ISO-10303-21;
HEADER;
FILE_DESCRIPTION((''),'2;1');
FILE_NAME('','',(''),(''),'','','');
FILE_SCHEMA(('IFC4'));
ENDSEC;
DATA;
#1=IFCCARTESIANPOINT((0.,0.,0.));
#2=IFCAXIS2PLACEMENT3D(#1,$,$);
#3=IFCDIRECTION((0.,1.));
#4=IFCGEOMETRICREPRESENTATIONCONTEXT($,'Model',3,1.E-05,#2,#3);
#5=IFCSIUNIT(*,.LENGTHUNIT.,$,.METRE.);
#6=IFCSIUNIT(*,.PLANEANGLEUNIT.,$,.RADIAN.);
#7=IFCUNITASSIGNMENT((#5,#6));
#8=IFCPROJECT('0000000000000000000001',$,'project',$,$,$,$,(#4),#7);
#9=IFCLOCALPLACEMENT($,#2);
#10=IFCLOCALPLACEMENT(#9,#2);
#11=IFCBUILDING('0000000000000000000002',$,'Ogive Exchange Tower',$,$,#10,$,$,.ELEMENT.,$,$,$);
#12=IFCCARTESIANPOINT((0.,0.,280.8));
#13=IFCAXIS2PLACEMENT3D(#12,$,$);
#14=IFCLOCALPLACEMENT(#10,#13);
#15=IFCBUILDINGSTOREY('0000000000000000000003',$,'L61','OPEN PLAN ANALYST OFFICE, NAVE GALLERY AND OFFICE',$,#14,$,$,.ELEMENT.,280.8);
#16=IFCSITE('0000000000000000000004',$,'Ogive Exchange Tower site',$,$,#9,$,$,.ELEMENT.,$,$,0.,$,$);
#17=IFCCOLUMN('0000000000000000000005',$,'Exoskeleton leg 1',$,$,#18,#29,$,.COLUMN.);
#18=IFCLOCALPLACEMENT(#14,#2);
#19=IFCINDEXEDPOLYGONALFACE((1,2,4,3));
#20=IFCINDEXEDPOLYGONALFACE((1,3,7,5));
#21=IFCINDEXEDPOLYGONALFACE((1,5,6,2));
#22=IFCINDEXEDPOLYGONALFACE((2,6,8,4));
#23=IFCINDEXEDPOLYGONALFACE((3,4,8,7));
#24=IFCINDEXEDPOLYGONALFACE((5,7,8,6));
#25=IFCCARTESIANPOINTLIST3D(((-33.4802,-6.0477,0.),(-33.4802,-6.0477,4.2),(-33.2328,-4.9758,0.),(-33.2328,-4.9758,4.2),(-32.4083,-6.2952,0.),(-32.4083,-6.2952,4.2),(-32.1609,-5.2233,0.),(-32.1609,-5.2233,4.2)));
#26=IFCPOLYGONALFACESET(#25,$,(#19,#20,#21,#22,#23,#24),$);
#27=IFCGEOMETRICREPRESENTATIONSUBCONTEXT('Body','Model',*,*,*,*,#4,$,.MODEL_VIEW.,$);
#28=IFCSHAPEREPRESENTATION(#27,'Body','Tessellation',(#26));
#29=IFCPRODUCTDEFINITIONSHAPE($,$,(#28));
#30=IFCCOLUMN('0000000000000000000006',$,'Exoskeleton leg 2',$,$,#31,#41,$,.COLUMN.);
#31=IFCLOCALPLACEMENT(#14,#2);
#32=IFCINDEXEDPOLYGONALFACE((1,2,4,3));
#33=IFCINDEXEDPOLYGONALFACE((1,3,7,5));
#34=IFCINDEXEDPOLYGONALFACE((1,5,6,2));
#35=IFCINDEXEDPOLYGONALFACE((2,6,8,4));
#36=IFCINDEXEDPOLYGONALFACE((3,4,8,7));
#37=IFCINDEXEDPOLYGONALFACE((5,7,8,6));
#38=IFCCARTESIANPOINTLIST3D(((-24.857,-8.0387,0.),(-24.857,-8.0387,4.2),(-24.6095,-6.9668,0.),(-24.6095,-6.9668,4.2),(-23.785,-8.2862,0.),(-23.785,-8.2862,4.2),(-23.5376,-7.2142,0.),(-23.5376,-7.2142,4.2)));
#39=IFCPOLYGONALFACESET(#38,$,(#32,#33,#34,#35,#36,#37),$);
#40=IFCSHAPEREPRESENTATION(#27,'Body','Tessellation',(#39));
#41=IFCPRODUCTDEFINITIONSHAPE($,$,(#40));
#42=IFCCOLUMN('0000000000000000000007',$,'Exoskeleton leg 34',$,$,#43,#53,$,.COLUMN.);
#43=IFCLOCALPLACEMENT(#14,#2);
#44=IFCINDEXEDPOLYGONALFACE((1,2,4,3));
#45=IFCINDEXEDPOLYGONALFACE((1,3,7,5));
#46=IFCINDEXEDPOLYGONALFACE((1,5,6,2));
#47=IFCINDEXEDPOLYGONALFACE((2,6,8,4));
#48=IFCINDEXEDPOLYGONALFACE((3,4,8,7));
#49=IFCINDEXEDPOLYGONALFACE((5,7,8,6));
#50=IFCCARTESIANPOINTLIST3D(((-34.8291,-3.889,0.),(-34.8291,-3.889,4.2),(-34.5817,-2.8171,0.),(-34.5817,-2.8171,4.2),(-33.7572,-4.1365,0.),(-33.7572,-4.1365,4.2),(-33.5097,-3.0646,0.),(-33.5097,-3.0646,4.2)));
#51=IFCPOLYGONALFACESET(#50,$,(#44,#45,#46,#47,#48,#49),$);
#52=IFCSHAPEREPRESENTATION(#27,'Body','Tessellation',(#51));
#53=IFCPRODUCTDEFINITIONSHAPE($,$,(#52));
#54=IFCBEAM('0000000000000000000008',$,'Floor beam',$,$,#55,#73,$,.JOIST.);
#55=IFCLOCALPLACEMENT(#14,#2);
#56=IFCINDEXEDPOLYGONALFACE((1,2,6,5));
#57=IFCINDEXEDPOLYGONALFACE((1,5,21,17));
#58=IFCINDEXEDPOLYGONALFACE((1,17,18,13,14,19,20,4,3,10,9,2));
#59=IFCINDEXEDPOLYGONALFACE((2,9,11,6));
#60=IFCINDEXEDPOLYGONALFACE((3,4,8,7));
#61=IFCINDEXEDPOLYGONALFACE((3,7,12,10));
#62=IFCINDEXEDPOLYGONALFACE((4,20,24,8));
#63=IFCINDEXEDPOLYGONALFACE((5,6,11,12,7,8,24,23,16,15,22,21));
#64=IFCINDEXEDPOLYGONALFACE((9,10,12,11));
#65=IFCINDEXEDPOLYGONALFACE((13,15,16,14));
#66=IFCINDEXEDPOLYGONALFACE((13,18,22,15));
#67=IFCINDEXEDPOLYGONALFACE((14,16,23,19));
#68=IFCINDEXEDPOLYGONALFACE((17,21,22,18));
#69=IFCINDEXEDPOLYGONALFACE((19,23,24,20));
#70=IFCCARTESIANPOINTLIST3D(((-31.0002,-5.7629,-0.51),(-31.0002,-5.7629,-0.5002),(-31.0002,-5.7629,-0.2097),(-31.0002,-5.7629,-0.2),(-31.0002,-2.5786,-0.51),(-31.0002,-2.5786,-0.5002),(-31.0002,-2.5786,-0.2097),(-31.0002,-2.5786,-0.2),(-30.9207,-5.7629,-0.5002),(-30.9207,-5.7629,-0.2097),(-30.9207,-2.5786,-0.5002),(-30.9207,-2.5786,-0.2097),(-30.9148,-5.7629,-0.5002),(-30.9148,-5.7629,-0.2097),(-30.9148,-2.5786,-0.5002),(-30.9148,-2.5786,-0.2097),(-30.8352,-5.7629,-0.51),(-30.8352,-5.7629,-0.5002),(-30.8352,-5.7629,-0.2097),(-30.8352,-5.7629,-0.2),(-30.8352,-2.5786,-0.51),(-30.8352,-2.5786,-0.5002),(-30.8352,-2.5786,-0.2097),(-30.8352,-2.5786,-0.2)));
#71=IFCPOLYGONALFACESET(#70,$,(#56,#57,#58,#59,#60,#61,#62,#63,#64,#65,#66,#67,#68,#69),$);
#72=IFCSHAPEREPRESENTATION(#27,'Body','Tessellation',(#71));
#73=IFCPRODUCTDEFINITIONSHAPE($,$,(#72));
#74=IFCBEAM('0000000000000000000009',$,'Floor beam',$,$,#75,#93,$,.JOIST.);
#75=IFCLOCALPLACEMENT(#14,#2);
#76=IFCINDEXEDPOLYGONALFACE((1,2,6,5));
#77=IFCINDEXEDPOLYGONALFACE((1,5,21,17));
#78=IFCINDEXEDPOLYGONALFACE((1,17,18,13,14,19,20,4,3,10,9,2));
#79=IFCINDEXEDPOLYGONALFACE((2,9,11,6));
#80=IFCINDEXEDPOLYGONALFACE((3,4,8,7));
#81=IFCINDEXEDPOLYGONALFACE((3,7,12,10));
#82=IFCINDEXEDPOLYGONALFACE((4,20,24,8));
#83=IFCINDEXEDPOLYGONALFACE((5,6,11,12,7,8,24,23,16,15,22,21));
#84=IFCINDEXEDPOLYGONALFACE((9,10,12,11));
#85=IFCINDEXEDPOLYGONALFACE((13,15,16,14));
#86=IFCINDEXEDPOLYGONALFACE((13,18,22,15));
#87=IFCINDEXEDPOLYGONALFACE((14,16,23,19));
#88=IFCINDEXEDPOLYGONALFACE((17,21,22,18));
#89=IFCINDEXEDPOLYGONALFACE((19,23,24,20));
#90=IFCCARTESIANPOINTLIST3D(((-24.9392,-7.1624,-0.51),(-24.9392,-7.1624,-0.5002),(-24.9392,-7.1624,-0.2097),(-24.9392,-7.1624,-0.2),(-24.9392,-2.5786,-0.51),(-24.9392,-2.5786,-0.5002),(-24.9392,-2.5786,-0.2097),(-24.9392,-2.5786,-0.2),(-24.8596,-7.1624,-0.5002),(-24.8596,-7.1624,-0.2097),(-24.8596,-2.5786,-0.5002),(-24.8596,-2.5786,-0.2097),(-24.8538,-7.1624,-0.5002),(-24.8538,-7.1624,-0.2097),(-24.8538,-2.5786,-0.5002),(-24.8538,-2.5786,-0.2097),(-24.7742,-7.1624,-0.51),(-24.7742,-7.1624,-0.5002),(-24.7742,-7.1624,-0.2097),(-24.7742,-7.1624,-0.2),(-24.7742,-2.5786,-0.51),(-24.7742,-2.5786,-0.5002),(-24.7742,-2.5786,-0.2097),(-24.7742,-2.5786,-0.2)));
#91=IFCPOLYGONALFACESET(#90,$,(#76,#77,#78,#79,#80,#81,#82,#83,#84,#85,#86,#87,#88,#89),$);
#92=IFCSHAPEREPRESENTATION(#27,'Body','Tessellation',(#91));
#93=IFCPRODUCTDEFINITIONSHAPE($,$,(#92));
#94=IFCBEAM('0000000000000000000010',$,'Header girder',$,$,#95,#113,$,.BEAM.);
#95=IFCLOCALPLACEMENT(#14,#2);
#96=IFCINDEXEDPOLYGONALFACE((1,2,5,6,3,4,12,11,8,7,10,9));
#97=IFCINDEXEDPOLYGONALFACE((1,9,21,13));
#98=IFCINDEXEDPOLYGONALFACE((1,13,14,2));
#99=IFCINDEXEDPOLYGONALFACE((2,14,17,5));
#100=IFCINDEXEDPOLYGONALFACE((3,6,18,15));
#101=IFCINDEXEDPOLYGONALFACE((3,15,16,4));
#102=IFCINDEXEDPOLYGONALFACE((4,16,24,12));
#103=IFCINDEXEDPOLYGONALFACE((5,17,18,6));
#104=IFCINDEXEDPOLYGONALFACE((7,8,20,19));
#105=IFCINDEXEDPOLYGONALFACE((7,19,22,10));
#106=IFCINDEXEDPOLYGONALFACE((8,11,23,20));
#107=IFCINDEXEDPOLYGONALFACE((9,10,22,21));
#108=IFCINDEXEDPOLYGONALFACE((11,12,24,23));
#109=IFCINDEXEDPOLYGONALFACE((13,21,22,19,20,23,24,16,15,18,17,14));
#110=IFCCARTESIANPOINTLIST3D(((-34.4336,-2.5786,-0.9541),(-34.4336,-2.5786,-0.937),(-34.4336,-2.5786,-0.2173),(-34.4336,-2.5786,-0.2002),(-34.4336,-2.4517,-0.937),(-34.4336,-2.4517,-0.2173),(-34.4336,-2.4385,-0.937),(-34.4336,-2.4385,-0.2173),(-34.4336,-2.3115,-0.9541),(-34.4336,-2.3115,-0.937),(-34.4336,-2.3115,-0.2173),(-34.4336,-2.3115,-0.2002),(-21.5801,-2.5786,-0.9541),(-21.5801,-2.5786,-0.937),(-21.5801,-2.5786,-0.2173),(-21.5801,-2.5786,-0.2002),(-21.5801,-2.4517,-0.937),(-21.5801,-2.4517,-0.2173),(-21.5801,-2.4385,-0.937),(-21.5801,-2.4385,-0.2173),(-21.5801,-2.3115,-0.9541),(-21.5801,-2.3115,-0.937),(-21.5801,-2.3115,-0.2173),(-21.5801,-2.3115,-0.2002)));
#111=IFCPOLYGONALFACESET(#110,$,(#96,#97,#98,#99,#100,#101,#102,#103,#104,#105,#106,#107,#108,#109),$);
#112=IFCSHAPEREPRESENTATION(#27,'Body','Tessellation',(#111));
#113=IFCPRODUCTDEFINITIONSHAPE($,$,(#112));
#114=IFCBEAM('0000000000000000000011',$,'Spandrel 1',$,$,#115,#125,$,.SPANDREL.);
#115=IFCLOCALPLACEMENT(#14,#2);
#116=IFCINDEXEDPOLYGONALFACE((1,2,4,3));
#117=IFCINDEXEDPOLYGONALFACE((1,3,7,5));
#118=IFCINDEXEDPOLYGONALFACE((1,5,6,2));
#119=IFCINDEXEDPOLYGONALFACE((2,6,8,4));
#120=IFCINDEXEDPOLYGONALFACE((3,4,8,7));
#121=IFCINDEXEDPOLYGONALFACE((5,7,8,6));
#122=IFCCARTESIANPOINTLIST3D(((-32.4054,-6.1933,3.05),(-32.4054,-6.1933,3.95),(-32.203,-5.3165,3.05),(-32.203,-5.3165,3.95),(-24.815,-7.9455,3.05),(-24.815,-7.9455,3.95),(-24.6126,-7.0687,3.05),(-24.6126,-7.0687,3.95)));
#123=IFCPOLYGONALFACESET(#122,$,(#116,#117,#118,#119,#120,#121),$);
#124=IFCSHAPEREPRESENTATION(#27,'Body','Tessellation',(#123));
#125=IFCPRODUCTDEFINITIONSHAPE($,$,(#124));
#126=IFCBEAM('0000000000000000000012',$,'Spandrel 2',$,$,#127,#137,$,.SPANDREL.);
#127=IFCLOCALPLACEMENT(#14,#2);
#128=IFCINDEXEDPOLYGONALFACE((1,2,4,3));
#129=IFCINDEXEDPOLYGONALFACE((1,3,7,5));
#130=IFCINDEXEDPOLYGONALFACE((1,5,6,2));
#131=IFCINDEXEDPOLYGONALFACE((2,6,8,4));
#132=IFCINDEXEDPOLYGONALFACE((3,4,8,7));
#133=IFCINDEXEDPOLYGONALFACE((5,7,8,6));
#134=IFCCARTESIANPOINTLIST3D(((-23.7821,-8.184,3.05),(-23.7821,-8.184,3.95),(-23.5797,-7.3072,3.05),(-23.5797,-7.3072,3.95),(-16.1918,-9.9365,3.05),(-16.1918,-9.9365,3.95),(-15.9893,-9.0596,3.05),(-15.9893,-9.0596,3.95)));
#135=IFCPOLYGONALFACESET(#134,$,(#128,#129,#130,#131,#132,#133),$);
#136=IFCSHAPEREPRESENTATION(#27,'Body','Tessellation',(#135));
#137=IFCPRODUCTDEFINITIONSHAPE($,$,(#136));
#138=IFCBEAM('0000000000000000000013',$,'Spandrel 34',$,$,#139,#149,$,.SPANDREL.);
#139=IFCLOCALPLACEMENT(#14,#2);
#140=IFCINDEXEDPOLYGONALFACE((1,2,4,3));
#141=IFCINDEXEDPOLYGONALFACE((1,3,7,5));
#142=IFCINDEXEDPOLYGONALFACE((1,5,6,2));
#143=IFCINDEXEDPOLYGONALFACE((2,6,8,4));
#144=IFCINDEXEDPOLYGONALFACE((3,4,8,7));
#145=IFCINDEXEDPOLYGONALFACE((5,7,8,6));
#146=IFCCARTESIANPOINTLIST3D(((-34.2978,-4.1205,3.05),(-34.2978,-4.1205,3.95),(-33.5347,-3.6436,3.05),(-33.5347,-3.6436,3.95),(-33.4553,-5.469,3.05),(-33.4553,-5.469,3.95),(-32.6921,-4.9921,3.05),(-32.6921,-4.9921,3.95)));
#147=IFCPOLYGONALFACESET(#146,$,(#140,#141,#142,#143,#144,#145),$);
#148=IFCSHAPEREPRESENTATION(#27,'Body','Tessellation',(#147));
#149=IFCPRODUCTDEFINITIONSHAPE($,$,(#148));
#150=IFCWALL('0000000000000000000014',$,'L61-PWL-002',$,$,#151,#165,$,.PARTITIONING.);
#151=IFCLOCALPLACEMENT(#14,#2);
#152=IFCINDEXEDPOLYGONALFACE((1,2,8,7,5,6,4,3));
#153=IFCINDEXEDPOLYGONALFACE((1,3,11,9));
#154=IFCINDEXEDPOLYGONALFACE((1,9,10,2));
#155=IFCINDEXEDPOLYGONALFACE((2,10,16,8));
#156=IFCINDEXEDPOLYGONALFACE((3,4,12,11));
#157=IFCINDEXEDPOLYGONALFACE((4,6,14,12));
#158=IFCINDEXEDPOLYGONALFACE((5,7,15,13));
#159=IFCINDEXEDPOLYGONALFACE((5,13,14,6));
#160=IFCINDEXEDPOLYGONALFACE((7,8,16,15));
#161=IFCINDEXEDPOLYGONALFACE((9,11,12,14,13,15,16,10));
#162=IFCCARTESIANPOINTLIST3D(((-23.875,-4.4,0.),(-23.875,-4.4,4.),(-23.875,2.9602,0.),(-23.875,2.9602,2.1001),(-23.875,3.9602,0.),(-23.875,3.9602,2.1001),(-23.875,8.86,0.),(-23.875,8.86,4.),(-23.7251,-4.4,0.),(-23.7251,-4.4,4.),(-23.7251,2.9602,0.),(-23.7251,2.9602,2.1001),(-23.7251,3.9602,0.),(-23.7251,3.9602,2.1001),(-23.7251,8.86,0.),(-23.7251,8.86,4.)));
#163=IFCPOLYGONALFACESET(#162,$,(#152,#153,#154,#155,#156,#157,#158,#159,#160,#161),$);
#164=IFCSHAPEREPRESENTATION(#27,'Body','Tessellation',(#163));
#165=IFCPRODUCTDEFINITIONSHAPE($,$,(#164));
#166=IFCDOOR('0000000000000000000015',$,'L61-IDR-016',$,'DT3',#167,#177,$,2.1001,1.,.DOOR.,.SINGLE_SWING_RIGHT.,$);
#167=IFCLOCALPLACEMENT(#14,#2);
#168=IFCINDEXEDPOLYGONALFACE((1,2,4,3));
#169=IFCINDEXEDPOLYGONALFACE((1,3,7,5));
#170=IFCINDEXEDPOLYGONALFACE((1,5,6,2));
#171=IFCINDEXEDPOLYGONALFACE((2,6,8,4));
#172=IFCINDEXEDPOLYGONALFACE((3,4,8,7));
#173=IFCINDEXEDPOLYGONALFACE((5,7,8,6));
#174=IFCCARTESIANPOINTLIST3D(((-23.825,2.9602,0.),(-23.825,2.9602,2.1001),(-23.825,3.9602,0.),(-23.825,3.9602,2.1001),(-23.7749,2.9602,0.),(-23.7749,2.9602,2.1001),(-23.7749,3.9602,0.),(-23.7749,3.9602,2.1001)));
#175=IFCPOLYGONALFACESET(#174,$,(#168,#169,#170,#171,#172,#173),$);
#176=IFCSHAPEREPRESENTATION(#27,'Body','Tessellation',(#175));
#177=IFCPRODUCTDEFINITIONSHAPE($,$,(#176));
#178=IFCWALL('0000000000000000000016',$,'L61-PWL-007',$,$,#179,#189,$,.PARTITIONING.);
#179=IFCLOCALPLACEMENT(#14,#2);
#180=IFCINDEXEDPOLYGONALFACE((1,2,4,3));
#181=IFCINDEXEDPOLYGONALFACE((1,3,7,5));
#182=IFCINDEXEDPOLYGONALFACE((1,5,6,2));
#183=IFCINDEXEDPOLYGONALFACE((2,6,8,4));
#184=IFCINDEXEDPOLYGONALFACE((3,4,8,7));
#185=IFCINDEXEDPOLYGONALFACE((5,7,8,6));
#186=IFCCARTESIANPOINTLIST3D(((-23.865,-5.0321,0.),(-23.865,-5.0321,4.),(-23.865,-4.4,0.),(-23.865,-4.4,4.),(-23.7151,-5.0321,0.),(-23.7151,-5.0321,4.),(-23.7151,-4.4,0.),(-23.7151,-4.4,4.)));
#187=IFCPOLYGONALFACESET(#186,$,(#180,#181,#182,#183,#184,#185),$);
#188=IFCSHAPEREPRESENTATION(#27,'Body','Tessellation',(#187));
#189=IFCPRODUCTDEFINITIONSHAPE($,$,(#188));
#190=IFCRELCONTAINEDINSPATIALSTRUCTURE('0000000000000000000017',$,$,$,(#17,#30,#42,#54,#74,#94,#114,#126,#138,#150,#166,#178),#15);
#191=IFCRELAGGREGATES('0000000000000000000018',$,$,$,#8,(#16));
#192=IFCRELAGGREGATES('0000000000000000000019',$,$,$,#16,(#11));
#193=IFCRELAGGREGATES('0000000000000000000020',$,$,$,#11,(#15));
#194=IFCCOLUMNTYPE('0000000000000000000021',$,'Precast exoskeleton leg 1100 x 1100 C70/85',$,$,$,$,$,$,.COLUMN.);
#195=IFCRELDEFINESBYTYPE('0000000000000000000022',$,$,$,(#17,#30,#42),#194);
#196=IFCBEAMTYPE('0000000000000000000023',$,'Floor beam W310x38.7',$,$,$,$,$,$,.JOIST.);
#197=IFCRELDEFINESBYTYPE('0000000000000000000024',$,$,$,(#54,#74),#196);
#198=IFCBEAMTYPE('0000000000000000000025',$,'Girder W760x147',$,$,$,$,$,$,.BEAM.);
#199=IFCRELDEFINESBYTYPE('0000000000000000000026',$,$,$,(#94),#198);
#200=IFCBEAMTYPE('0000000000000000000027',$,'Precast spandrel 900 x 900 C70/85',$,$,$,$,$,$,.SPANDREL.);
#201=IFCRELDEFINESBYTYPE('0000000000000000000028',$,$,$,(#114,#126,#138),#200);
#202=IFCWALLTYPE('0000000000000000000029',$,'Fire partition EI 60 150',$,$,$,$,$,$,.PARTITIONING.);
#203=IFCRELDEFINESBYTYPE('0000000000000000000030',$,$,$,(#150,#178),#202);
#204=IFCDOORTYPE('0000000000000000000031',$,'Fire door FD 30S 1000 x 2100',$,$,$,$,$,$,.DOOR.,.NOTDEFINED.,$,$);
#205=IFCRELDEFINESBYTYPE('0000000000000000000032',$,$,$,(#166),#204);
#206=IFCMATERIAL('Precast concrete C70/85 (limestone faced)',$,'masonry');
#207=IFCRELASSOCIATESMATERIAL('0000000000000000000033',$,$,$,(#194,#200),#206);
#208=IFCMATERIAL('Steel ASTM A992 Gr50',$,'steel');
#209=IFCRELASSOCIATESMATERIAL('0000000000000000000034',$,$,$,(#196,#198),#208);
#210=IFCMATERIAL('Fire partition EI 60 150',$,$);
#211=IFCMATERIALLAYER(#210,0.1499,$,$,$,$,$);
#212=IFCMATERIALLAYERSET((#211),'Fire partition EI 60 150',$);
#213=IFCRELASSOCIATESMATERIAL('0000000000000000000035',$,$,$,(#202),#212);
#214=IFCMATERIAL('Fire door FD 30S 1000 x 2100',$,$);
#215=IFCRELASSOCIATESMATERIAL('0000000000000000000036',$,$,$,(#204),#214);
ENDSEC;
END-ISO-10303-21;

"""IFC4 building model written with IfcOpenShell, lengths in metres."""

from ifc_helpers import new_model, si_unit, direction, frame, frame_2d, origin, origin_2d, place, context, subcontext, project, spatial, rectangle, i_section, extrude, material, layer, layer_set, material_profile, profile_set, type_object, element, fill, save


model = new_model("IFC4")

# Units and contexts
model_context = context("Model", 3, precision=1e-05, world=origin(), true_north=direction((0.0, 1.0)))
body_context = subcontext(model_context, "Body", "Model", "MODEL_VIEW")
ifc_project = project(units=[si_unit("LENGTHUNIT", "METRE"), si_unit("PLANEANGLEUNIT", "RADIAN")], contexts=[model_context])

# Site, building, storey
site_placement = place(None, origin())
site = spatial("IfcSite", under=ifc_project, at=site_placement, Name="Ogive Exchange Tower site", CompositionType="ELEMENT", RefElevation=0.0)
building_placement = place(site_placement, origin())
building = spatial("IfcBuilding", under=site, at=building_placement, Name="Ogive Exchange Tower", CompositionType="ELEMENT")
storey_placement = place(building_placement, frame((0.0, 0.0, 280.8)))
storey = spatial("IfcBuildingStorey", under=building, at=storey_placement, Name="L61", Description="OPEN PLAN ANALYST OFFICE, NAVE GALLERY AND OFFICE", CompositionType="ELEMENT", Elevation=280.8)

# Columns
ifc_material_1 = material(Name="Precast concrete C70/85 (limestone faced)", Category="masonry")
ifc_material_profile_1 = material_profile(ifc_material_1, rectangle(XDim=1.1001, YDim=1.1001, at=origin_2d()), Name="1100 x 1100")
ifc_profile_set_1 = profile_set([ifc_material_profile_1], Name="Precast concrete C70/85 (limestone faced)")
column_type = type_object("IfcColumnType", Name="Precast exoskeleton leg 1100 x 1100 C70/85", PredefinedType="COLUMN", material=ifc_profile_set_1)
for number, where, z_axis, x_axis, name in (
    (1, (-32.8206, -5.6355, 0.0), (0.0, 0.0, 1.0), (0.97437, -0.224951, 0.0), "Exoskeleton leg 1"),
    (2, (-24.1973, -7.6265, 0.0), (0.0, 0.0, 1.0), (0.97437, -0.224951, 0.0), "Exoskeleton leg 2"),
    (3, (-34.1694, -3.4768, 0.0), (0.0, 0.0, 1.0), (0.97437, -0.224951, 0.0), "Exoskeleton leg 34"),
):
    element("IfcColumn", number, at=place(storey_placement, frame(where, z_axis=z_axis, x_axis=x_axis)), inside=storey, type_object=column_type, Name=name, PredefinedType="COLUMN", context=body_context, shape_type="SweptSolid", body=[
        extrude(rectangle(XDim=1.1001, YDim=1.1001, at=origin_2d()), origin(), (0.0, 0.0, 1.0), 4.2),
    ])

# Beams
ifc_material_2 = material(Name="Steel ASTM A992 Gr50", Category="steel")
ifc_material_profile_2 = material_profile(ifc_material_2, i_section(OverallWidth=0.165, OverallDepth=0.3101, WebThickness=0.0059, FlangeThickness=0.0098, at=origin_2d()), Name="W310x38.7")
ifc_profile_set_2 = profile_set([ifc_material_profile_2], Name="Steel ASTM A992 Gr50")
beam_type_1 = type_object("IfcBeamType", Name="Floor beam W310x38.7", PredefinedType="JOIST", material=ifc_profile_set_2)
beam_1_placement = place(storey_placement, frame((-30.9177, -5.7629, -0.355), z_axis=(0.0, 1.0, 0.0), x_axis=(-1.0, 0.0, 0.0)))
element("IfcBeam", 4, at=beam_1_placement, inside=storey, type_object=beam_type_1, Name="Floor beam", PredefinedType="JOIST", context=body_context, shape_type="SweptSolid", body=[
    extrude(i_section(OverallWidth=0.165, OverallDepth=0.3101, WebThickness=0.0059, FlangeThickness=0.0098, at=origin_2d()), origin(), (0.0, 0.0, 1.0), 3.1843),
])
beam_2_placement = place(storey_placement, frame((-24.8567, -7.1624, -0.355), z_axis=(0.0, 1.0, 0.0), x_axis=(-1.0, 0.0, 0.0)))
element("IfcBeam", 5, at=beam_2_placement, inside=storey, type_object=beam_type_1, Name="Floor beam", PredefinedType="JOIST", context=body_context, shape_type="SweptSolid", body=[
    extrude(i_section(OverallWidth=0.165, OverallDepth=0.3101, WebThickness=0.0059, FlangeThickness=0.0098, at=origin_2d()), origin(), (0.0, 0.0, 1.0), 4.5837),
])
ifc_material_profile_3 = material_profile(ifc_material_2, i_section(OverallWidth=0.2671, OverallDepth=0.7539, WebThickness=0.0132, FlangeThickness=0.0171, at=origin_2d()), Name="W760x147")
ifc_profile_set_3 = profile_set([ifc_material_profile_3], Name="Steel ASTM A992 Gr50")
beam_type_2 = type_object("IfcBeamType", Name="Girder W760x147", PredefinedType="BEAM", material=ifc_profile_set_3)
beam_3_placement = place(storey_placement, frame((-34.4336, -2.4451, -0.5771), z_axis=(1.0, 0.0, 0.0), x_axis=(0.0, 1.0, 0.0)))
element("IfcBeam", 6, at=beam_3_placement, inside=storey, type_object=beam_type_2, Name="Header girder", PredefinedType="BEAM", context=body_context, shape_type="SweptSolid", body=[
    extrude(i_section(OverallWidth=0.2671, OverallDepth=0.7539, WebThickness=0.0132, FlangeThickness=0.0171, at=origin_2d()), origin(), (0.0, 0.0, 1.0), 12.8535),
])
ifc_material_profile_4 = material_profile(ifc_material_1, rectangle(XDim=0.8999, YDim=0.8999, at=origin_2d()), Name="900 x 900")
ifc_profile_set_4 = profile_set([ifc_material_profile_4], Name="Precast concrete C70/85 (limestone faced)")
beam_type_3 = type_object("IfcBeamType", Name="Precast spandrel 900 x 900 C70/85", PredefinedType="SPANDREL", material=ifc_profile_set_4)
for number, where, z_axis, x_axis, name in (
    (7, (-32.3042, -5.7549, 3.5), (0.974375, -0.22493, 0.0), (0.22493, 0.974375, 0.0), "Spandrel 1"),
    (8, (-23.6809, -7.7456, 3.5), (0.974368, -0.22496, 0.0), (0.22496, 0.974368, 0.0), "Spandrel 2"),
):
    element("IfcBeam", number, at=place(storey_placement, frame(where, z_axis=z_axis, x_axis=x_axis)), inside=storey, type_object=beam_type_3, Name=name, PredefinedType="SPANDREL", context=body_context, shape_type="SweptSolid", body=[
        extrude(rectangle(XDim=0.8999, YDim=0.8999, at=origin_2d()), origin(), (0.0, 0.0, 1.0), 7.79),
    ])
beam_4_placement = place(storey_placement, frame((-33.9163, -3.8821, 3.5), z_axis=(0.529902, -0.848059, 0.0), x_axis=(0.848059, 0.529902, 0.0)))
element("IfcBeam", 9, at=beam_4_placement, inside=storey, type_object=beam_type_3, Name="Spandrel 34", PredefinedType="SPANDREL", context=body_context, shape_type="SweptSolid", body=[
    extrude(rectangle(XDim=0.8999, YDim=0.8999, at=origin_2d()), origin(), (0.0, 0.0, 1.0), 1.5901),
])

# Wall, opening, door
ifc_material_3 = material(Name="Fire partition EI 60 150")
ifc_layer_1 = layer(ifc_material_3, 0.1499)
ifc_layer_set_1 = layer_set([ifc_layer_1], Name="Fire partition EI 60 150")
wall_type_1 = type_object("IfcWallType", Name="Fire partition EI 60 150", PredefinedType="PARTITIONING", material=ifc_layer_set_1)
wall_1_placement = place(storey_placement, frame((-23.8, -4.3999, 0.0), z_axis=(0.0, 0.0, 1.0), x_axis=(0.0, 1.0, 0.0)))
wall_1 = element("IfcWall", 10, at=wall_1_placement, inside=storey, type_object=wall_type_1, Name="L61-PWL-002", PredefinedType="PARTITIONING", context=body_context, shape_type="SweptSolid", body=[
    extrude(rectangle(XDim=13.26, YDim=0.1499, at=frame_2d((6.6299, 0.0))), origin(), (0.0, 0.0, 1.0), 4.0),
])
opening_1_placement = place(wall_1_placement, frame((7.3601, 0.0, 0.0)))
opening_1 = element("IfcOpeningElement", 11, at=opening_1_placement, cuts=wall_1, PredefinedType="OPENING", context=body_context, shape_type="SweptSolid", body=[
    extrude(rectangle(XDim=1.0, YDim=2.1001, at=frame_2d((0.5, 1.05))), frame((0.0, 0.085, 0.0), z_axis=(0.0, -1.0, 0.0), x_axis=(1.0, 0.0, 0.0)), (0.0, 0.0, 1.0), 0.1699),
])
ifc_material_4 = material(Name="Fire door FD 30S 1000 x 2100")
door_type_1 = type_object("IfcDoorType", Name="Fire door FD 30S 1000 x 2100", OperationType="NOTDEFINED", PredefinedType="DOOR", material=ifc_material_4)
door_1_placement = place(opening_1_placement, origin())
door_1 = element("IfcDoor", 12, at=door_1_placement, inside=storey, type_object=door_type_1, Name="L61-IDR-016", ObjectType="DT3", OperationType="SINGLE_SWING_RIGHT", OverallHeight=2.1001, OverallWidth=1.0, PredefinedType="DOOR", context=body_context, shape_type="SweptSolid", body=[
    extrude(rectangle(XDim=1.0, YDim=2.1001, at=frame_2d((0.5, 1.05))), frame((0.0, 0.0249, 0.0), z_axis=(0.0, -1.0, 0.0), x_axis=(1.0, 0.0, 0.0)), (0.0, 0.0, 1.0), 0.05),
])
fill(opening_1, door_1)

# Wall
wall_2_placement = place(storey_placement, frame((-23.79, -5.032, 0.0), z_axis=(0.0, 0.0, 1.0), x_axis=(0.0, 1.0, 0.0)))
element("IfcWall", 13, at=wall_2_placement, inside=storey, type_object=wall_type_1, Name="L61-PWL-007", PredefinedType="PARTITIONING", context=body_context, shape_type="SweptSolid", body=[
    extrude(rectangle(XDim=0.6321, YDim=0.1499, at=frame_2d((0.3159, 0.0))), origin(), (0.0, 0.0, 1.0), 4.0),
])

save(model, "model.ifc")
